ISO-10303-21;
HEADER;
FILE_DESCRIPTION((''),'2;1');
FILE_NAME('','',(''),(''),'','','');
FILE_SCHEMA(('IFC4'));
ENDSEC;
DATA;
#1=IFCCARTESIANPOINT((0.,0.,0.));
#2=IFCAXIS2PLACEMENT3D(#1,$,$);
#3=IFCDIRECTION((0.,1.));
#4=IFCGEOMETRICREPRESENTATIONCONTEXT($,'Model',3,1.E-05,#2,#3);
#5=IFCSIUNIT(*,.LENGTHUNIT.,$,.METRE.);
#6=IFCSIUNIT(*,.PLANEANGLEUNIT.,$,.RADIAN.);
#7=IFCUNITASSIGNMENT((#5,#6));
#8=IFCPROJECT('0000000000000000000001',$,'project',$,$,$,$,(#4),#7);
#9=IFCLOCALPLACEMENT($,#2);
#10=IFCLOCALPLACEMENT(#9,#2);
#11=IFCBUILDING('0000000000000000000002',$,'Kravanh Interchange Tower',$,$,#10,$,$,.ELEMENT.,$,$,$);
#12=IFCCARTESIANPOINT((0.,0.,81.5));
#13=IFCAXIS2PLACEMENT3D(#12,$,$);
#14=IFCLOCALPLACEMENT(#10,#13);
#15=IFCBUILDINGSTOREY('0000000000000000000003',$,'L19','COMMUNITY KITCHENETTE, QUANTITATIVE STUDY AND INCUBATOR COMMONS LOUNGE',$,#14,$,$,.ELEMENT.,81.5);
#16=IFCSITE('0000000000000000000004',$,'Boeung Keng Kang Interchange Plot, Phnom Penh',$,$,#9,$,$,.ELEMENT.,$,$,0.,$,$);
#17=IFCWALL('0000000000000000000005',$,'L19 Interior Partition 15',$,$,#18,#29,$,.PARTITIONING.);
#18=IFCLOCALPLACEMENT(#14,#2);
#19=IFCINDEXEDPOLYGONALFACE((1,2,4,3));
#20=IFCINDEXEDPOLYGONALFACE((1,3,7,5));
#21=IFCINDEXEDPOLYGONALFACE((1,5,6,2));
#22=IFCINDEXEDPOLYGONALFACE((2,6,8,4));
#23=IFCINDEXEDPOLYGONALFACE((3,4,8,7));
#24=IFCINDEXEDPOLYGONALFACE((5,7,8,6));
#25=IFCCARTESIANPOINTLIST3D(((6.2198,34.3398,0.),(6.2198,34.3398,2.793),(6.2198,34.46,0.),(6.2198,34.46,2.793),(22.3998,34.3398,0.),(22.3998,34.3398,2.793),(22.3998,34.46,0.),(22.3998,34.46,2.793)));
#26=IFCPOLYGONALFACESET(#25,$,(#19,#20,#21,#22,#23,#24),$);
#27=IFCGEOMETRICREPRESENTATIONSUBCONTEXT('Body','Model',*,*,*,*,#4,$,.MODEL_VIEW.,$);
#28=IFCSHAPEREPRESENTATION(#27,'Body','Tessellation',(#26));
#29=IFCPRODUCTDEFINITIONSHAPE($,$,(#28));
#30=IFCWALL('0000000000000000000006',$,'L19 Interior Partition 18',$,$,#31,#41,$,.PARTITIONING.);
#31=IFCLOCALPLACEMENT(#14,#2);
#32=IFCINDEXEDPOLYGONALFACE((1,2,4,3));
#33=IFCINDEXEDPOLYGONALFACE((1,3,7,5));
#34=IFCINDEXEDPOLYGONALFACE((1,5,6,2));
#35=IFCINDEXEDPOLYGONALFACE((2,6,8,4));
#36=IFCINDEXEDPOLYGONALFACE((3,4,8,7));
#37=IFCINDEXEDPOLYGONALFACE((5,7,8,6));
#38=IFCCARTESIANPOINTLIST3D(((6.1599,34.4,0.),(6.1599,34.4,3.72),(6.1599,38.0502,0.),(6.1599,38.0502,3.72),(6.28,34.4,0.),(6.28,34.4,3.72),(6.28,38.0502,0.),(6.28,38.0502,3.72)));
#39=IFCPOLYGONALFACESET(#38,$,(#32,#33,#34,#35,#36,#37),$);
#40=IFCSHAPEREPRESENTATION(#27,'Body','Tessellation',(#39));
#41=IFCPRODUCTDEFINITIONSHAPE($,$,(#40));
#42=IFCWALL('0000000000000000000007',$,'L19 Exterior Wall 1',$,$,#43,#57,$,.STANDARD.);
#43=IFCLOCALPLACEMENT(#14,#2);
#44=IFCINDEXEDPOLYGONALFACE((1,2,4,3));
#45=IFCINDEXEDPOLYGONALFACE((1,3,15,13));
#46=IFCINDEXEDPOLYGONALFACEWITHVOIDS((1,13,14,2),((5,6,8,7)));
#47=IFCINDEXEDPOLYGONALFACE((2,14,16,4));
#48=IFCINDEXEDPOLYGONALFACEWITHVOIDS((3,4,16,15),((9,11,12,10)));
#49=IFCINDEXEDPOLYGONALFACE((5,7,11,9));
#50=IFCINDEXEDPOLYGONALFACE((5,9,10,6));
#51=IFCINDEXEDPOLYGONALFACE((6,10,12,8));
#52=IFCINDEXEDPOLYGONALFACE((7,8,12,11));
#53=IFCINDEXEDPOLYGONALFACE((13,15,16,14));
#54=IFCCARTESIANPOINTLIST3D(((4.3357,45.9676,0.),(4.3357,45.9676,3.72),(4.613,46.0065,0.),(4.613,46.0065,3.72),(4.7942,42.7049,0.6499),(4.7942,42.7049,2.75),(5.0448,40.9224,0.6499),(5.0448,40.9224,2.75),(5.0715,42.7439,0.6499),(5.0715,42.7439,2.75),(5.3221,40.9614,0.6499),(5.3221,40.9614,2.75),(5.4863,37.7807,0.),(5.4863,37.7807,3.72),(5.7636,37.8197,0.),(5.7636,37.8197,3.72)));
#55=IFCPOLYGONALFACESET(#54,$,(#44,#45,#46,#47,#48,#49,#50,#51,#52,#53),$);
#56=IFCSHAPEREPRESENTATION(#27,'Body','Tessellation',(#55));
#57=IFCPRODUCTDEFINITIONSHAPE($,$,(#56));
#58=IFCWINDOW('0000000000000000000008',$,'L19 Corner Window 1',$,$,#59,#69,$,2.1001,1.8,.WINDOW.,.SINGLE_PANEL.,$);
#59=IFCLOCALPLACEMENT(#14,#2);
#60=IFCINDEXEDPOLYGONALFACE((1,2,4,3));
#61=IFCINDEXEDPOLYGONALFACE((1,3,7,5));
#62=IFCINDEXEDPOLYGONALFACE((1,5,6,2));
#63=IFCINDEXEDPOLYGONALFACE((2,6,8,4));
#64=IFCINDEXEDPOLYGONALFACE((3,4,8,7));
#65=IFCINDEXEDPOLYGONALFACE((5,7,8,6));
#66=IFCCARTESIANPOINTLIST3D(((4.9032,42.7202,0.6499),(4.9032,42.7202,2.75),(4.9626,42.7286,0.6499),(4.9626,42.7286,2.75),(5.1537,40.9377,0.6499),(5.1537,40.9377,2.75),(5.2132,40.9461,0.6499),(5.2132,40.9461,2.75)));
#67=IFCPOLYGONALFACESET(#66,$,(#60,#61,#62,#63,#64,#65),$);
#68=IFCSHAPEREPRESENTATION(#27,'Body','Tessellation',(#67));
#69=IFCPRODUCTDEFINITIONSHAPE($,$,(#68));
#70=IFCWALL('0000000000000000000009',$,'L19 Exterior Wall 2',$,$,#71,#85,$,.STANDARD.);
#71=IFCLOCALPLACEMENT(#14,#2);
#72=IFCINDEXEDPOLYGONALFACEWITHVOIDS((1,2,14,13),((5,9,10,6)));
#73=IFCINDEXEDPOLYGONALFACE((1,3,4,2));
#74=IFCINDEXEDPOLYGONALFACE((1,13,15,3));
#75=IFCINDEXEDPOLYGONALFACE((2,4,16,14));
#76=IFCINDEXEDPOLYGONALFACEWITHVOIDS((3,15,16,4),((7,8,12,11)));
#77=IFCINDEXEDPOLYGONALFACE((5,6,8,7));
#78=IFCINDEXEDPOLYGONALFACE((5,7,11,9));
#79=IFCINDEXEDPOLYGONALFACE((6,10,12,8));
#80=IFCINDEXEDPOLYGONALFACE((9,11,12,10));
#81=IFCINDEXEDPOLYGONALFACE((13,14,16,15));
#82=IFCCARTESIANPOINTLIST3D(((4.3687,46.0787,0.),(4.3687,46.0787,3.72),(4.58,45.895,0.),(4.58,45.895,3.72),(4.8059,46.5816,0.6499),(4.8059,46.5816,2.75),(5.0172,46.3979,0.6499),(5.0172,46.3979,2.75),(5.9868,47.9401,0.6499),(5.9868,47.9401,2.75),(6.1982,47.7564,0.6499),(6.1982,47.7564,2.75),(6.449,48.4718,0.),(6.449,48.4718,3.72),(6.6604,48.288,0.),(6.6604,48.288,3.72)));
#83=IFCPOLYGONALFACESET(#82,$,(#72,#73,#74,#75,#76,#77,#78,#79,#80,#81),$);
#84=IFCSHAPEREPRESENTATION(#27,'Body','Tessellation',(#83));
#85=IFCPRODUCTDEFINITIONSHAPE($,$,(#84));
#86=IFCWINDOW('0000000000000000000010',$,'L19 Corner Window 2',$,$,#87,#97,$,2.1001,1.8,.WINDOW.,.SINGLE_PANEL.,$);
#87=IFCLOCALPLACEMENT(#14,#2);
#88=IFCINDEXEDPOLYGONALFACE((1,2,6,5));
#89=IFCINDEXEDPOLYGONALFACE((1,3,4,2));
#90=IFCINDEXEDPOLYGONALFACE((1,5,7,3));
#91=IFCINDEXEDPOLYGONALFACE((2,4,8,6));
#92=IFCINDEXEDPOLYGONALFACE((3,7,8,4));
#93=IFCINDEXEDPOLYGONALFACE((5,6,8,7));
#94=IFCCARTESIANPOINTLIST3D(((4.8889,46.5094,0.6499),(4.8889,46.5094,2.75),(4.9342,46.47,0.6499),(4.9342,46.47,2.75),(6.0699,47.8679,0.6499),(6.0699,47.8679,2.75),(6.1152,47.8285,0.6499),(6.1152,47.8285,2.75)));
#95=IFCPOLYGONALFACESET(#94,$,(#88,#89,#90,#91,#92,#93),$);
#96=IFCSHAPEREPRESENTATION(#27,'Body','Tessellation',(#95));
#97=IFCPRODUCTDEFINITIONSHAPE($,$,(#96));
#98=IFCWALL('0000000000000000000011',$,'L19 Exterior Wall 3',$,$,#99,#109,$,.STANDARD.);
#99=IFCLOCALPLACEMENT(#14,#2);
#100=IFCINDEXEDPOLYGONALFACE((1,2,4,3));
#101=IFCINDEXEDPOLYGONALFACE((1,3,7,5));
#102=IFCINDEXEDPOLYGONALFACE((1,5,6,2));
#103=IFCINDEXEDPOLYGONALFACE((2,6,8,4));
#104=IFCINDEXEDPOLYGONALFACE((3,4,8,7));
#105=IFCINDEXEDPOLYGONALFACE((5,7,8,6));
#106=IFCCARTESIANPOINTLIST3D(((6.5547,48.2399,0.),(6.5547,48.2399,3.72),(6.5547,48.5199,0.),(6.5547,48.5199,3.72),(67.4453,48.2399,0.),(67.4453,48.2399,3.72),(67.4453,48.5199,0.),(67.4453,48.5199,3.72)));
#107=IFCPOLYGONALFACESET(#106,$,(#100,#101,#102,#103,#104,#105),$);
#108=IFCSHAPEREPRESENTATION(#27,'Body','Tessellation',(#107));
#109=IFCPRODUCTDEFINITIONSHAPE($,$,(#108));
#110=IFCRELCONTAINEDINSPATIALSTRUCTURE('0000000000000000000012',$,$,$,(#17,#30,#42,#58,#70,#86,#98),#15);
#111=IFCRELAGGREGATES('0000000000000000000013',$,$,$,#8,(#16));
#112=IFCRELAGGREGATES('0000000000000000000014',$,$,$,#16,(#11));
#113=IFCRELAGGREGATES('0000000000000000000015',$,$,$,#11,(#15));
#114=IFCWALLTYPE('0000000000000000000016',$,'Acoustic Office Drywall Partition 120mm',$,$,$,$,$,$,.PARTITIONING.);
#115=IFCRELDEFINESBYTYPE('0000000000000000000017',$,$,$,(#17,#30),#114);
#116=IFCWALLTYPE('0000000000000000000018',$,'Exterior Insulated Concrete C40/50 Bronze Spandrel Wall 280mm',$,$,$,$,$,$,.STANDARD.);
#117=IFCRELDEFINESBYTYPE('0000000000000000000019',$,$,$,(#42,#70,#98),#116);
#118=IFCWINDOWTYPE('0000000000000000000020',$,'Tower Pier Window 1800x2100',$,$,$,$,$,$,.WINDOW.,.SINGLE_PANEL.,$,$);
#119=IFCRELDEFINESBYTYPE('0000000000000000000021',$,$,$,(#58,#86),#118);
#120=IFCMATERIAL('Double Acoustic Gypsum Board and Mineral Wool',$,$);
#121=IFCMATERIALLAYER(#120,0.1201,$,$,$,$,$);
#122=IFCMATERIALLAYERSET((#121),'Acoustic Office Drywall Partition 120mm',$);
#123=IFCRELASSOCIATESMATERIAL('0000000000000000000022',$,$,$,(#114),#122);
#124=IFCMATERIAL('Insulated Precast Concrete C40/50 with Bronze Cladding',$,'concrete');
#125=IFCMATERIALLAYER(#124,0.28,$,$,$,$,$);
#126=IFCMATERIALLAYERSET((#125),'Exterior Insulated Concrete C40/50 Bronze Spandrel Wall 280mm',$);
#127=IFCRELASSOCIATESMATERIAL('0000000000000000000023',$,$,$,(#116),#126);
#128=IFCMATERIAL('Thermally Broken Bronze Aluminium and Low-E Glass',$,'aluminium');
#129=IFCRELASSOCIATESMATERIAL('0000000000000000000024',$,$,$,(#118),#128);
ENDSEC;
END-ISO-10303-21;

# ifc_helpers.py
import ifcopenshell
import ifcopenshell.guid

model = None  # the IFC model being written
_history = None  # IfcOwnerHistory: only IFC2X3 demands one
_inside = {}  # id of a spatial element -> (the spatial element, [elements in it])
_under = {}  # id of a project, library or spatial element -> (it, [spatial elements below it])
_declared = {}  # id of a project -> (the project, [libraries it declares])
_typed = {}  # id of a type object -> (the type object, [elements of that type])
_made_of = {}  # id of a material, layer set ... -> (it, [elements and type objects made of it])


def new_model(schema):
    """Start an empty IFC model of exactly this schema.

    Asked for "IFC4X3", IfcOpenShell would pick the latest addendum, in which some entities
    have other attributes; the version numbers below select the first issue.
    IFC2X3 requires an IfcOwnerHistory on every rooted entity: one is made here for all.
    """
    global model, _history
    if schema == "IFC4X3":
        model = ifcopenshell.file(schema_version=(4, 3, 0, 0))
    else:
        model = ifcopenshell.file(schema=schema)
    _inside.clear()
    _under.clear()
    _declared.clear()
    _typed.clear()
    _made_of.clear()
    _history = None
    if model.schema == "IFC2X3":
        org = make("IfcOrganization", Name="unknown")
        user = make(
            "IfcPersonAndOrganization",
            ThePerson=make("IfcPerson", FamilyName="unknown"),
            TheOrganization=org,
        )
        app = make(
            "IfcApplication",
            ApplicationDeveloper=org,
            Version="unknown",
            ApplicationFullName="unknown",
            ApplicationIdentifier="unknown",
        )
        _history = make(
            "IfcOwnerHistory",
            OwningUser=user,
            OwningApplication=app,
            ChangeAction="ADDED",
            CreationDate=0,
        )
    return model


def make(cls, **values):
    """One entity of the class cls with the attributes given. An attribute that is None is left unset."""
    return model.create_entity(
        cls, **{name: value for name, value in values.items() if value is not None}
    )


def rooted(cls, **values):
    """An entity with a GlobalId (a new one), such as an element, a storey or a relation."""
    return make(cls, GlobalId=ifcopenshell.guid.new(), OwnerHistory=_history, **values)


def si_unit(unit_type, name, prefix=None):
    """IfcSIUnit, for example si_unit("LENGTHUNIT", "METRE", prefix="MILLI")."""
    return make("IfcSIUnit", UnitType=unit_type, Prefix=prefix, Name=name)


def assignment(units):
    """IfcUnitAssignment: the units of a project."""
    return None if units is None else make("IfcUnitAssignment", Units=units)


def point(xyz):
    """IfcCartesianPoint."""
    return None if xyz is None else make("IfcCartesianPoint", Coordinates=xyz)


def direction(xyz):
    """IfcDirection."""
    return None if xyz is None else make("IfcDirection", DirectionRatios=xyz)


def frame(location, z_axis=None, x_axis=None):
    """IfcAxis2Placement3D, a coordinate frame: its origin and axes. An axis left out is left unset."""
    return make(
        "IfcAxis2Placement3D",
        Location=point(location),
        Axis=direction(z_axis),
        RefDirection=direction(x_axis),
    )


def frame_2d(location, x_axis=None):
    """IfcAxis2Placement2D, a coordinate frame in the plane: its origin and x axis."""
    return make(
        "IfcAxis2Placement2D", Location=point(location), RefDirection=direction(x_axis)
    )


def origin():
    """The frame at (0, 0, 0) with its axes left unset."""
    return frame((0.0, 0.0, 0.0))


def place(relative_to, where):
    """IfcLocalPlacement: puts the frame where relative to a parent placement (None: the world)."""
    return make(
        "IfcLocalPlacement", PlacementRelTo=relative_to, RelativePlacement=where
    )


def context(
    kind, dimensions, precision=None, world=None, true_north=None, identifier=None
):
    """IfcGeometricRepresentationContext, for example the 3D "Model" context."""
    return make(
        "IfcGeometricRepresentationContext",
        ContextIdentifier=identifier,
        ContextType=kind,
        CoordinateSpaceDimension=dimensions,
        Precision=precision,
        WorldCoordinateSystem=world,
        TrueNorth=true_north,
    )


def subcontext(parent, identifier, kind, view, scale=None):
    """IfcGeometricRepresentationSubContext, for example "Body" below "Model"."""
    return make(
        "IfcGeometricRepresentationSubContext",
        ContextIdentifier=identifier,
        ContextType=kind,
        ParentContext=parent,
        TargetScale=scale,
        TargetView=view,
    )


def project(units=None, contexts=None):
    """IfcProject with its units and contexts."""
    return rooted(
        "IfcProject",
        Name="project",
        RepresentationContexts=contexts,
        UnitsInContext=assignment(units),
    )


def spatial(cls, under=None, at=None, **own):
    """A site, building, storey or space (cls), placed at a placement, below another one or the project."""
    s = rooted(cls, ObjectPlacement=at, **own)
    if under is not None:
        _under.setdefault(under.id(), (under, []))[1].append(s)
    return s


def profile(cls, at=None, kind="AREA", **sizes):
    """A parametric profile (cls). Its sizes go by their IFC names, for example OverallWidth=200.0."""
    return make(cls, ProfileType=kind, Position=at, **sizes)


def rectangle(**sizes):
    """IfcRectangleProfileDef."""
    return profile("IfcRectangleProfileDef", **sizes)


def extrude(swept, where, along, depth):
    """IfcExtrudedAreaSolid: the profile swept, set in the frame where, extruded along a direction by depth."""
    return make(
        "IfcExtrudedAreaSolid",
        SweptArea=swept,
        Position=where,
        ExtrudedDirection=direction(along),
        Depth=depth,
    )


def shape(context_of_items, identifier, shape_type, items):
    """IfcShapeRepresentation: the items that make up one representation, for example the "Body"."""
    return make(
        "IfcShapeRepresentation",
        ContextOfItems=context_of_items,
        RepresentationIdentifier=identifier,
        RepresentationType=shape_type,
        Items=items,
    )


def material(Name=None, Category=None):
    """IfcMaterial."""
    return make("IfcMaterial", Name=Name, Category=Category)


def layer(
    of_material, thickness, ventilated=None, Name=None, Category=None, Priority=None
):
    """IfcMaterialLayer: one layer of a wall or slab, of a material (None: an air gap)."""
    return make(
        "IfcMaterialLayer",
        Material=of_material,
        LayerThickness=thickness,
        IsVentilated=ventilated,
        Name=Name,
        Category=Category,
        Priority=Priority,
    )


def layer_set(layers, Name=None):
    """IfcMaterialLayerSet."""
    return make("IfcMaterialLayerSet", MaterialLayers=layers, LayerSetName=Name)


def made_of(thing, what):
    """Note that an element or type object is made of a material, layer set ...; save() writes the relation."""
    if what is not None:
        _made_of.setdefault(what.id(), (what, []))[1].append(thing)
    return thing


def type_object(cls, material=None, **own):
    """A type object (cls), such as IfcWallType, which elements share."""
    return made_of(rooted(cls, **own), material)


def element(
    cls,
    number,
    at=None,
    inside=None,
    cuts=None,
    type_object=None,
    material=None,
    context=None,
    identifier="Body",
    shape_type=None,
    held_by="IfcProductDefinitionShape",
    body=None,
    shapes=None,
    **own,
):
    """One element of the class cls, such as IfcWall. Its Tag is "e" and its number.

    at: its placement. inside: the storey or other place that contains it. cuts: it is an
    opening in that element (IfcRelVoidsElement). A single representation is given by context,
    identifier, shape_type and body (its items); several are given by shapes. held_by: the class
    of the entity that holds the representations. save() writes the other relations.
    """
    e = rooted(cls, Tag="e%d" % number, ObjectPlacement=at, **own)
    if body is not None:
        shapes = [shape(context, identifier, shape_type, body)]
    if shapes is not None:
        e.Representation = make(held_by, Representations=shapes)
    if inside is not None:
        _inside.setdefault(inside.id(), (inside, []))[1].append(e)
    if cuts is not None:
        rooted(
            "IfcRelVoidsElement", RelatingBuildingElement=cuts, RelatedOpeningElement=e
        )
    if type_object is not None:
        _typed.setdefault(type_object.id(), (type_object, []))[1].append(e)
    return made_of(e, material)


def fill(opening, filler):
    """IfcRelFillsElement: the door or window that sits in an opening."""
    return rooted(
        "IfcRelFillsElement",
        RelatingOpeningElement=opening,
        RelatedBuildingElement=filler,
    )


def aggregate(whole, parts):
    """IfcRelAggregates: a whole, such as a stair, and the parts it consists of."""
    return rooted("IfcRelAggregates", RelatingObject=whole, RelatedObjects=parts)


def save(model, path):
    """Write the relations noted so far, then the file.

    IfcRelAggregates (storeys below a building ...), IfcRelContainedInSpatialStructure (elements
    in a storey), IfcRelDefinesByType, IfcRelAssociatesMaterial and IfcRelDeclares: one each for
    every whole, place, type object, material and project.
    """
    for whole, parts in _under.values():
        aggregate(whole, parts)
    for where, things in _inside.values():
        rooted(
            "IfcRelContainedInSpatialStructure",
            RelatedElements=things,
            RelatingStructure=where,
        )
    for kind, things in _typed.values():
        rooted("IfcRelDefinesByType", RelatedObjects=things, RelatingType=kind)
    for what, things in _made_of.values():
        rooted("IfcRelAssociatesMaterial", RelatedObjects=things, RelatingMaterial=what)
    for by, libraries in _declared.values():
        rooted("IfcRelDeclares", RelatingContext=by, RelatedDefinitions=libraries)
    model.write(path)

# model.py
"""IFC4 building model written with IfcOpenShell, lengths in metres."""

from ifc_helpers import new_model, si_unit, direction, frame, frame_2d, origin, place, context, subcontext, project, spatial, rectangle, extrude, material, layer, layer_set, type_object, element, fill, save


model = new_model("IFC4")

# Units and contexts
model_context = context("Model", 3, precision=1e-05, world=origin(), true_north=direction((0.0, 1.0)))
body_context = subcontext(model_context, "Body", "Model", "MODEL_VIEW")
ifc_project = project(units=[si_unit("LENGTHUNIT", "METRE"), si_unit("PLANEANGLEUNIT", "RADIAN")], contexts=[model_context])

# Site, building, storey
site_placement = place(None, origin())
site = spatial("IfcSite", under=ifc_project, at=site_placement, Name="Boeung Keng Kang Interchange Plot, Phnom Penh", CompositionType="ELEMENT", RefElevation=0.0)
building_placement = place(site_placement, origin())
building = spatial("IfcBuilding", under=site, at=building_placement, Name="Kravanh Interchange Tower", CompositionType="ELEMENT")
storey_placement = place(building_placement, frame((0.0, 0.0, 81.5)))
storey = spatial("IfcBuildingStorey", under=building, at=storey_placement, Name="L19", Description="COMMUNITY KITCHENETTE, QUANTITATIVE STUDY AND INCUBATOR COMMONS LOUNGE", CompositionType="ELEMENT", Elevation=81.5)

# Shared definitions
ifc_material_1 = material(Name="Double Acoustic Gypsum Board and Mineral Wool")
ifc_layer_1 = layer(ifc_material_1, 0.1201)
ifc_layer_set_1 = layer_set([ifc_layer_1], Name="Acoustic Office Drywall Partition 120mm")
wall_type_1 = type_object("IfcWallType", Name="Acoustic Office Drywall Partition 120mm", PredefinedType="PARTITIONING", material=ifc_layer_set_1)

# Walls
wall_1_placement = place(storey_placement, frame((6.22, 34.3999, 0.0), z_axis=(0.0, 0.0, 1.0), x_axis=(1.0, 0.0, 0.0)))
element("IfcWall", 1, at=wall_1_placement, inside=storey, type_object=wall_type_1, Name="L19 Interior Partition 15", PredefinedType="PARTITIONING", context=body_context, shape_type="SweptSolid", body=[
    extrude(rectangle(XDim=16.1799, YDim=0.1201, at=frame_2d((8.0898, 0.0))), origin(), (0.0, 0.0, 1.0), 2.793),
])
wall_2_placement = place(storey_placement, frame((6.22, 34.3999, 0.0), z_axis=(0.0, 0.0, 1.0), x_axis=(0.0, 1.0, 0.0)))
element("IfcWall", 2, at=wall_2_placement, inside=storey, type_object=wall_type_1, Name="L19 Interior Partition 18", PredefinedType="PARTITIONING", context=body_context, shape_type="SweptSolid", body=[
    extrude(rectangle(XDim=3.6501, YDim=0.1201, at=frame_2d((1.8252, 0.0))), origin(), (0.0, 0.0, 1.0), 3.72),
])

# Walls, openings, windows
ifc_material_2 = material(Name="Insulated Precast Concrete C40/50 with Bronze Cladding", Category="concrete")
ifc_layer_2 = layer(ifc_material_2, 0.28)
ifc_layer_set_2 = layer_set([ifc_layer_2], Name="Exterior Insulated Concrete C40/50 Bronze Spandrel Wall 280mm")
wall_type_2 = type_object("IfcWallType", Name="Exterior Insulated Concrete C40/50 Bronze Spandrel Wall 280mm", PredefinedType="STANDARD", material=ifc_layer_set_2)
wall_3_placement = place(storey_placement, frame((5.625, 37.8, 0.0), z_axis=(0.0, 0.0, 1.0), x_axis=(-0.13918, 0.990267, 0.0)))
wall_3 = element("IfcWall", 3, at=wall_3_placement, inside=storey, type_object=wall_type_2, Name="L19 Exterior Wall 1", PredefinedType="STANDARD", context=body_context, shape_type="SweptSolid", body=[
    extrude(rectangle(XDim=8.2673, YDim=0.28, at=frame_2d((4.1338, 0.0))), origin(), (0.0, 0.0, 1.0), 3.72),
])
opening_1_placement = place(wall_3_placement, frame((3.1729, 0.0, 0.6499)))
opening_1 = element("IfcOpeningElement", 4, at=opening_1_placement, cuts=wall_3, PredefinedType="OPENING", context=body_context, shape_type="SweptSolid", body=[
    extrude(rectangle(XDim=1.8, YDim=2.1001, at=frame_2d((0.8999, 1.05))), frame((0.0, 0.1499, 0.0), z_axis=(0.0, -1.0, 0.0), x_axis=(1.0, 0.0, 0.0)), (0.0, 0.0, 1.0), 0.3),
])
ifc_material_3 = material(Name="Thermally Broken Bronze Aluminium and Low-E Glass", Category="aluminium")
window_type = type_object("IfcWindowType", Name="Tower Pier Window 1800x2100", PartitioningType="SINGLE_PANEL", PredefinedType="WINDOW", material=ifc_material_3)
window_1_placement = place(opening_1_placement, origin())
window_1 = element("IfcWindow", 5, at=window_1_placement, inside=storey, type_object=window_type, Name="L19 Corner Window 1", OverallHeight=2.1001, OverallWidth=1.8, PartitioningType="SINGLE_PANEL", PredefinedType="WINDOW", context=body_context, shape_type="SweptSolid", body=[
    extrude(rectangle(XDim=1.8, YDim=2.1001, at=frame_2d((0.8999, 1.05))), frame((0.0, 0.03, 0.0), z_axis=(0.0, -1.0, 0.0), x_axis=(1.0, 0.0, 0.0)), (0.0, 0.0, 1.0), 0.0601),
])
fill(opening_1, window_1)
wall_4_placement = place(storey_placement, frame((4.4744, 45.9868, 0.0), z_axis=(0.0, 0.0, 1.0), x_axis=(0.65607, 0.7547, 0.0)))
wall_4 = element("IfcWall", 6, at=wall_4_placement, inside=storey, type_object=wall_type_2, Name="L19 Exterior Wall 2", PredefinedType="STANDARD", context=body_context, shape_type="SweptSolid", body=[
    extrude(rectangle(XDim=3.1709, YDim=0.28, at=frame_2d((1.5854, 0.0))), origin(), (0.0, 0.0, 1.0), 3.72),
])
opening_2_placement = place(wall_4_placement, frame((0.6665, 0.0, 0.6499)))
opening_2 = element("IfcOpeningElement", 7, at=opening_2_placement, cuts=wall_4, PredefinedType="OPENING", context=body_context, shape_type="SweptSolid", body=[
    extrude(rectangle(XDim=1.8, YDim=2.1001, at=frame_2d((0.8999, 1.05))), frame((0.0, 0.1499, 0.0), z_axis=(0.0, -1.0, 0.0), x_axis=(1.0, 0.0, 0.0)), (0.0, 0.0, 1.0), 0.3),
])
window_2_placement = place(opening_2_placement, origin())
window_2 = element("IfcWindow", 8, at=window_2_placement, inside=storey, type_object=window_type, Name="L19 Corner Window 2", OverallHeight=2.1001, OverallWidth=1.8, PartitioningType="SINGLE_PANEL", PredefinedType="WINDOW", context=body_context, shape_type="SweptSolid", body=[
    extrude(rectangle(XDim=1.8, YDim=2.1001, at=frame_2d((0.8999, 1.05))), frame((0.0, 0.03, 0.0), z_axis=(0.0, -1.0, 0.0), x_axis=(1.0, 0.0, 0.0)), (0.0, 0.0, 1.0), 0.0601),
])
fill(opening_2, window_2)

# Wall
wall_5_placement = place(storey_placement, frame((6.5547, 48.3799, 0.0), z_axis=(0.0, 0.0, 1.0), x_axis=(1.0, 0.0, 0.0)))
element("IfcWall", 9, at=wall_5_placement, inside=storey, type_object=wall_type_2, Name="L19 Exterior Wall 3", PredefinedType="STANDARD", context=body_context, shape_type="SweptSolid", body=[
    extrude(rectangle(XDim=60.8906, YDim=0.28, at=frame_2d((30.4453, 0.0))), origin(), (0.0, 0.0, 1.0), 3.72),
])

save(model, "model.ifc")
